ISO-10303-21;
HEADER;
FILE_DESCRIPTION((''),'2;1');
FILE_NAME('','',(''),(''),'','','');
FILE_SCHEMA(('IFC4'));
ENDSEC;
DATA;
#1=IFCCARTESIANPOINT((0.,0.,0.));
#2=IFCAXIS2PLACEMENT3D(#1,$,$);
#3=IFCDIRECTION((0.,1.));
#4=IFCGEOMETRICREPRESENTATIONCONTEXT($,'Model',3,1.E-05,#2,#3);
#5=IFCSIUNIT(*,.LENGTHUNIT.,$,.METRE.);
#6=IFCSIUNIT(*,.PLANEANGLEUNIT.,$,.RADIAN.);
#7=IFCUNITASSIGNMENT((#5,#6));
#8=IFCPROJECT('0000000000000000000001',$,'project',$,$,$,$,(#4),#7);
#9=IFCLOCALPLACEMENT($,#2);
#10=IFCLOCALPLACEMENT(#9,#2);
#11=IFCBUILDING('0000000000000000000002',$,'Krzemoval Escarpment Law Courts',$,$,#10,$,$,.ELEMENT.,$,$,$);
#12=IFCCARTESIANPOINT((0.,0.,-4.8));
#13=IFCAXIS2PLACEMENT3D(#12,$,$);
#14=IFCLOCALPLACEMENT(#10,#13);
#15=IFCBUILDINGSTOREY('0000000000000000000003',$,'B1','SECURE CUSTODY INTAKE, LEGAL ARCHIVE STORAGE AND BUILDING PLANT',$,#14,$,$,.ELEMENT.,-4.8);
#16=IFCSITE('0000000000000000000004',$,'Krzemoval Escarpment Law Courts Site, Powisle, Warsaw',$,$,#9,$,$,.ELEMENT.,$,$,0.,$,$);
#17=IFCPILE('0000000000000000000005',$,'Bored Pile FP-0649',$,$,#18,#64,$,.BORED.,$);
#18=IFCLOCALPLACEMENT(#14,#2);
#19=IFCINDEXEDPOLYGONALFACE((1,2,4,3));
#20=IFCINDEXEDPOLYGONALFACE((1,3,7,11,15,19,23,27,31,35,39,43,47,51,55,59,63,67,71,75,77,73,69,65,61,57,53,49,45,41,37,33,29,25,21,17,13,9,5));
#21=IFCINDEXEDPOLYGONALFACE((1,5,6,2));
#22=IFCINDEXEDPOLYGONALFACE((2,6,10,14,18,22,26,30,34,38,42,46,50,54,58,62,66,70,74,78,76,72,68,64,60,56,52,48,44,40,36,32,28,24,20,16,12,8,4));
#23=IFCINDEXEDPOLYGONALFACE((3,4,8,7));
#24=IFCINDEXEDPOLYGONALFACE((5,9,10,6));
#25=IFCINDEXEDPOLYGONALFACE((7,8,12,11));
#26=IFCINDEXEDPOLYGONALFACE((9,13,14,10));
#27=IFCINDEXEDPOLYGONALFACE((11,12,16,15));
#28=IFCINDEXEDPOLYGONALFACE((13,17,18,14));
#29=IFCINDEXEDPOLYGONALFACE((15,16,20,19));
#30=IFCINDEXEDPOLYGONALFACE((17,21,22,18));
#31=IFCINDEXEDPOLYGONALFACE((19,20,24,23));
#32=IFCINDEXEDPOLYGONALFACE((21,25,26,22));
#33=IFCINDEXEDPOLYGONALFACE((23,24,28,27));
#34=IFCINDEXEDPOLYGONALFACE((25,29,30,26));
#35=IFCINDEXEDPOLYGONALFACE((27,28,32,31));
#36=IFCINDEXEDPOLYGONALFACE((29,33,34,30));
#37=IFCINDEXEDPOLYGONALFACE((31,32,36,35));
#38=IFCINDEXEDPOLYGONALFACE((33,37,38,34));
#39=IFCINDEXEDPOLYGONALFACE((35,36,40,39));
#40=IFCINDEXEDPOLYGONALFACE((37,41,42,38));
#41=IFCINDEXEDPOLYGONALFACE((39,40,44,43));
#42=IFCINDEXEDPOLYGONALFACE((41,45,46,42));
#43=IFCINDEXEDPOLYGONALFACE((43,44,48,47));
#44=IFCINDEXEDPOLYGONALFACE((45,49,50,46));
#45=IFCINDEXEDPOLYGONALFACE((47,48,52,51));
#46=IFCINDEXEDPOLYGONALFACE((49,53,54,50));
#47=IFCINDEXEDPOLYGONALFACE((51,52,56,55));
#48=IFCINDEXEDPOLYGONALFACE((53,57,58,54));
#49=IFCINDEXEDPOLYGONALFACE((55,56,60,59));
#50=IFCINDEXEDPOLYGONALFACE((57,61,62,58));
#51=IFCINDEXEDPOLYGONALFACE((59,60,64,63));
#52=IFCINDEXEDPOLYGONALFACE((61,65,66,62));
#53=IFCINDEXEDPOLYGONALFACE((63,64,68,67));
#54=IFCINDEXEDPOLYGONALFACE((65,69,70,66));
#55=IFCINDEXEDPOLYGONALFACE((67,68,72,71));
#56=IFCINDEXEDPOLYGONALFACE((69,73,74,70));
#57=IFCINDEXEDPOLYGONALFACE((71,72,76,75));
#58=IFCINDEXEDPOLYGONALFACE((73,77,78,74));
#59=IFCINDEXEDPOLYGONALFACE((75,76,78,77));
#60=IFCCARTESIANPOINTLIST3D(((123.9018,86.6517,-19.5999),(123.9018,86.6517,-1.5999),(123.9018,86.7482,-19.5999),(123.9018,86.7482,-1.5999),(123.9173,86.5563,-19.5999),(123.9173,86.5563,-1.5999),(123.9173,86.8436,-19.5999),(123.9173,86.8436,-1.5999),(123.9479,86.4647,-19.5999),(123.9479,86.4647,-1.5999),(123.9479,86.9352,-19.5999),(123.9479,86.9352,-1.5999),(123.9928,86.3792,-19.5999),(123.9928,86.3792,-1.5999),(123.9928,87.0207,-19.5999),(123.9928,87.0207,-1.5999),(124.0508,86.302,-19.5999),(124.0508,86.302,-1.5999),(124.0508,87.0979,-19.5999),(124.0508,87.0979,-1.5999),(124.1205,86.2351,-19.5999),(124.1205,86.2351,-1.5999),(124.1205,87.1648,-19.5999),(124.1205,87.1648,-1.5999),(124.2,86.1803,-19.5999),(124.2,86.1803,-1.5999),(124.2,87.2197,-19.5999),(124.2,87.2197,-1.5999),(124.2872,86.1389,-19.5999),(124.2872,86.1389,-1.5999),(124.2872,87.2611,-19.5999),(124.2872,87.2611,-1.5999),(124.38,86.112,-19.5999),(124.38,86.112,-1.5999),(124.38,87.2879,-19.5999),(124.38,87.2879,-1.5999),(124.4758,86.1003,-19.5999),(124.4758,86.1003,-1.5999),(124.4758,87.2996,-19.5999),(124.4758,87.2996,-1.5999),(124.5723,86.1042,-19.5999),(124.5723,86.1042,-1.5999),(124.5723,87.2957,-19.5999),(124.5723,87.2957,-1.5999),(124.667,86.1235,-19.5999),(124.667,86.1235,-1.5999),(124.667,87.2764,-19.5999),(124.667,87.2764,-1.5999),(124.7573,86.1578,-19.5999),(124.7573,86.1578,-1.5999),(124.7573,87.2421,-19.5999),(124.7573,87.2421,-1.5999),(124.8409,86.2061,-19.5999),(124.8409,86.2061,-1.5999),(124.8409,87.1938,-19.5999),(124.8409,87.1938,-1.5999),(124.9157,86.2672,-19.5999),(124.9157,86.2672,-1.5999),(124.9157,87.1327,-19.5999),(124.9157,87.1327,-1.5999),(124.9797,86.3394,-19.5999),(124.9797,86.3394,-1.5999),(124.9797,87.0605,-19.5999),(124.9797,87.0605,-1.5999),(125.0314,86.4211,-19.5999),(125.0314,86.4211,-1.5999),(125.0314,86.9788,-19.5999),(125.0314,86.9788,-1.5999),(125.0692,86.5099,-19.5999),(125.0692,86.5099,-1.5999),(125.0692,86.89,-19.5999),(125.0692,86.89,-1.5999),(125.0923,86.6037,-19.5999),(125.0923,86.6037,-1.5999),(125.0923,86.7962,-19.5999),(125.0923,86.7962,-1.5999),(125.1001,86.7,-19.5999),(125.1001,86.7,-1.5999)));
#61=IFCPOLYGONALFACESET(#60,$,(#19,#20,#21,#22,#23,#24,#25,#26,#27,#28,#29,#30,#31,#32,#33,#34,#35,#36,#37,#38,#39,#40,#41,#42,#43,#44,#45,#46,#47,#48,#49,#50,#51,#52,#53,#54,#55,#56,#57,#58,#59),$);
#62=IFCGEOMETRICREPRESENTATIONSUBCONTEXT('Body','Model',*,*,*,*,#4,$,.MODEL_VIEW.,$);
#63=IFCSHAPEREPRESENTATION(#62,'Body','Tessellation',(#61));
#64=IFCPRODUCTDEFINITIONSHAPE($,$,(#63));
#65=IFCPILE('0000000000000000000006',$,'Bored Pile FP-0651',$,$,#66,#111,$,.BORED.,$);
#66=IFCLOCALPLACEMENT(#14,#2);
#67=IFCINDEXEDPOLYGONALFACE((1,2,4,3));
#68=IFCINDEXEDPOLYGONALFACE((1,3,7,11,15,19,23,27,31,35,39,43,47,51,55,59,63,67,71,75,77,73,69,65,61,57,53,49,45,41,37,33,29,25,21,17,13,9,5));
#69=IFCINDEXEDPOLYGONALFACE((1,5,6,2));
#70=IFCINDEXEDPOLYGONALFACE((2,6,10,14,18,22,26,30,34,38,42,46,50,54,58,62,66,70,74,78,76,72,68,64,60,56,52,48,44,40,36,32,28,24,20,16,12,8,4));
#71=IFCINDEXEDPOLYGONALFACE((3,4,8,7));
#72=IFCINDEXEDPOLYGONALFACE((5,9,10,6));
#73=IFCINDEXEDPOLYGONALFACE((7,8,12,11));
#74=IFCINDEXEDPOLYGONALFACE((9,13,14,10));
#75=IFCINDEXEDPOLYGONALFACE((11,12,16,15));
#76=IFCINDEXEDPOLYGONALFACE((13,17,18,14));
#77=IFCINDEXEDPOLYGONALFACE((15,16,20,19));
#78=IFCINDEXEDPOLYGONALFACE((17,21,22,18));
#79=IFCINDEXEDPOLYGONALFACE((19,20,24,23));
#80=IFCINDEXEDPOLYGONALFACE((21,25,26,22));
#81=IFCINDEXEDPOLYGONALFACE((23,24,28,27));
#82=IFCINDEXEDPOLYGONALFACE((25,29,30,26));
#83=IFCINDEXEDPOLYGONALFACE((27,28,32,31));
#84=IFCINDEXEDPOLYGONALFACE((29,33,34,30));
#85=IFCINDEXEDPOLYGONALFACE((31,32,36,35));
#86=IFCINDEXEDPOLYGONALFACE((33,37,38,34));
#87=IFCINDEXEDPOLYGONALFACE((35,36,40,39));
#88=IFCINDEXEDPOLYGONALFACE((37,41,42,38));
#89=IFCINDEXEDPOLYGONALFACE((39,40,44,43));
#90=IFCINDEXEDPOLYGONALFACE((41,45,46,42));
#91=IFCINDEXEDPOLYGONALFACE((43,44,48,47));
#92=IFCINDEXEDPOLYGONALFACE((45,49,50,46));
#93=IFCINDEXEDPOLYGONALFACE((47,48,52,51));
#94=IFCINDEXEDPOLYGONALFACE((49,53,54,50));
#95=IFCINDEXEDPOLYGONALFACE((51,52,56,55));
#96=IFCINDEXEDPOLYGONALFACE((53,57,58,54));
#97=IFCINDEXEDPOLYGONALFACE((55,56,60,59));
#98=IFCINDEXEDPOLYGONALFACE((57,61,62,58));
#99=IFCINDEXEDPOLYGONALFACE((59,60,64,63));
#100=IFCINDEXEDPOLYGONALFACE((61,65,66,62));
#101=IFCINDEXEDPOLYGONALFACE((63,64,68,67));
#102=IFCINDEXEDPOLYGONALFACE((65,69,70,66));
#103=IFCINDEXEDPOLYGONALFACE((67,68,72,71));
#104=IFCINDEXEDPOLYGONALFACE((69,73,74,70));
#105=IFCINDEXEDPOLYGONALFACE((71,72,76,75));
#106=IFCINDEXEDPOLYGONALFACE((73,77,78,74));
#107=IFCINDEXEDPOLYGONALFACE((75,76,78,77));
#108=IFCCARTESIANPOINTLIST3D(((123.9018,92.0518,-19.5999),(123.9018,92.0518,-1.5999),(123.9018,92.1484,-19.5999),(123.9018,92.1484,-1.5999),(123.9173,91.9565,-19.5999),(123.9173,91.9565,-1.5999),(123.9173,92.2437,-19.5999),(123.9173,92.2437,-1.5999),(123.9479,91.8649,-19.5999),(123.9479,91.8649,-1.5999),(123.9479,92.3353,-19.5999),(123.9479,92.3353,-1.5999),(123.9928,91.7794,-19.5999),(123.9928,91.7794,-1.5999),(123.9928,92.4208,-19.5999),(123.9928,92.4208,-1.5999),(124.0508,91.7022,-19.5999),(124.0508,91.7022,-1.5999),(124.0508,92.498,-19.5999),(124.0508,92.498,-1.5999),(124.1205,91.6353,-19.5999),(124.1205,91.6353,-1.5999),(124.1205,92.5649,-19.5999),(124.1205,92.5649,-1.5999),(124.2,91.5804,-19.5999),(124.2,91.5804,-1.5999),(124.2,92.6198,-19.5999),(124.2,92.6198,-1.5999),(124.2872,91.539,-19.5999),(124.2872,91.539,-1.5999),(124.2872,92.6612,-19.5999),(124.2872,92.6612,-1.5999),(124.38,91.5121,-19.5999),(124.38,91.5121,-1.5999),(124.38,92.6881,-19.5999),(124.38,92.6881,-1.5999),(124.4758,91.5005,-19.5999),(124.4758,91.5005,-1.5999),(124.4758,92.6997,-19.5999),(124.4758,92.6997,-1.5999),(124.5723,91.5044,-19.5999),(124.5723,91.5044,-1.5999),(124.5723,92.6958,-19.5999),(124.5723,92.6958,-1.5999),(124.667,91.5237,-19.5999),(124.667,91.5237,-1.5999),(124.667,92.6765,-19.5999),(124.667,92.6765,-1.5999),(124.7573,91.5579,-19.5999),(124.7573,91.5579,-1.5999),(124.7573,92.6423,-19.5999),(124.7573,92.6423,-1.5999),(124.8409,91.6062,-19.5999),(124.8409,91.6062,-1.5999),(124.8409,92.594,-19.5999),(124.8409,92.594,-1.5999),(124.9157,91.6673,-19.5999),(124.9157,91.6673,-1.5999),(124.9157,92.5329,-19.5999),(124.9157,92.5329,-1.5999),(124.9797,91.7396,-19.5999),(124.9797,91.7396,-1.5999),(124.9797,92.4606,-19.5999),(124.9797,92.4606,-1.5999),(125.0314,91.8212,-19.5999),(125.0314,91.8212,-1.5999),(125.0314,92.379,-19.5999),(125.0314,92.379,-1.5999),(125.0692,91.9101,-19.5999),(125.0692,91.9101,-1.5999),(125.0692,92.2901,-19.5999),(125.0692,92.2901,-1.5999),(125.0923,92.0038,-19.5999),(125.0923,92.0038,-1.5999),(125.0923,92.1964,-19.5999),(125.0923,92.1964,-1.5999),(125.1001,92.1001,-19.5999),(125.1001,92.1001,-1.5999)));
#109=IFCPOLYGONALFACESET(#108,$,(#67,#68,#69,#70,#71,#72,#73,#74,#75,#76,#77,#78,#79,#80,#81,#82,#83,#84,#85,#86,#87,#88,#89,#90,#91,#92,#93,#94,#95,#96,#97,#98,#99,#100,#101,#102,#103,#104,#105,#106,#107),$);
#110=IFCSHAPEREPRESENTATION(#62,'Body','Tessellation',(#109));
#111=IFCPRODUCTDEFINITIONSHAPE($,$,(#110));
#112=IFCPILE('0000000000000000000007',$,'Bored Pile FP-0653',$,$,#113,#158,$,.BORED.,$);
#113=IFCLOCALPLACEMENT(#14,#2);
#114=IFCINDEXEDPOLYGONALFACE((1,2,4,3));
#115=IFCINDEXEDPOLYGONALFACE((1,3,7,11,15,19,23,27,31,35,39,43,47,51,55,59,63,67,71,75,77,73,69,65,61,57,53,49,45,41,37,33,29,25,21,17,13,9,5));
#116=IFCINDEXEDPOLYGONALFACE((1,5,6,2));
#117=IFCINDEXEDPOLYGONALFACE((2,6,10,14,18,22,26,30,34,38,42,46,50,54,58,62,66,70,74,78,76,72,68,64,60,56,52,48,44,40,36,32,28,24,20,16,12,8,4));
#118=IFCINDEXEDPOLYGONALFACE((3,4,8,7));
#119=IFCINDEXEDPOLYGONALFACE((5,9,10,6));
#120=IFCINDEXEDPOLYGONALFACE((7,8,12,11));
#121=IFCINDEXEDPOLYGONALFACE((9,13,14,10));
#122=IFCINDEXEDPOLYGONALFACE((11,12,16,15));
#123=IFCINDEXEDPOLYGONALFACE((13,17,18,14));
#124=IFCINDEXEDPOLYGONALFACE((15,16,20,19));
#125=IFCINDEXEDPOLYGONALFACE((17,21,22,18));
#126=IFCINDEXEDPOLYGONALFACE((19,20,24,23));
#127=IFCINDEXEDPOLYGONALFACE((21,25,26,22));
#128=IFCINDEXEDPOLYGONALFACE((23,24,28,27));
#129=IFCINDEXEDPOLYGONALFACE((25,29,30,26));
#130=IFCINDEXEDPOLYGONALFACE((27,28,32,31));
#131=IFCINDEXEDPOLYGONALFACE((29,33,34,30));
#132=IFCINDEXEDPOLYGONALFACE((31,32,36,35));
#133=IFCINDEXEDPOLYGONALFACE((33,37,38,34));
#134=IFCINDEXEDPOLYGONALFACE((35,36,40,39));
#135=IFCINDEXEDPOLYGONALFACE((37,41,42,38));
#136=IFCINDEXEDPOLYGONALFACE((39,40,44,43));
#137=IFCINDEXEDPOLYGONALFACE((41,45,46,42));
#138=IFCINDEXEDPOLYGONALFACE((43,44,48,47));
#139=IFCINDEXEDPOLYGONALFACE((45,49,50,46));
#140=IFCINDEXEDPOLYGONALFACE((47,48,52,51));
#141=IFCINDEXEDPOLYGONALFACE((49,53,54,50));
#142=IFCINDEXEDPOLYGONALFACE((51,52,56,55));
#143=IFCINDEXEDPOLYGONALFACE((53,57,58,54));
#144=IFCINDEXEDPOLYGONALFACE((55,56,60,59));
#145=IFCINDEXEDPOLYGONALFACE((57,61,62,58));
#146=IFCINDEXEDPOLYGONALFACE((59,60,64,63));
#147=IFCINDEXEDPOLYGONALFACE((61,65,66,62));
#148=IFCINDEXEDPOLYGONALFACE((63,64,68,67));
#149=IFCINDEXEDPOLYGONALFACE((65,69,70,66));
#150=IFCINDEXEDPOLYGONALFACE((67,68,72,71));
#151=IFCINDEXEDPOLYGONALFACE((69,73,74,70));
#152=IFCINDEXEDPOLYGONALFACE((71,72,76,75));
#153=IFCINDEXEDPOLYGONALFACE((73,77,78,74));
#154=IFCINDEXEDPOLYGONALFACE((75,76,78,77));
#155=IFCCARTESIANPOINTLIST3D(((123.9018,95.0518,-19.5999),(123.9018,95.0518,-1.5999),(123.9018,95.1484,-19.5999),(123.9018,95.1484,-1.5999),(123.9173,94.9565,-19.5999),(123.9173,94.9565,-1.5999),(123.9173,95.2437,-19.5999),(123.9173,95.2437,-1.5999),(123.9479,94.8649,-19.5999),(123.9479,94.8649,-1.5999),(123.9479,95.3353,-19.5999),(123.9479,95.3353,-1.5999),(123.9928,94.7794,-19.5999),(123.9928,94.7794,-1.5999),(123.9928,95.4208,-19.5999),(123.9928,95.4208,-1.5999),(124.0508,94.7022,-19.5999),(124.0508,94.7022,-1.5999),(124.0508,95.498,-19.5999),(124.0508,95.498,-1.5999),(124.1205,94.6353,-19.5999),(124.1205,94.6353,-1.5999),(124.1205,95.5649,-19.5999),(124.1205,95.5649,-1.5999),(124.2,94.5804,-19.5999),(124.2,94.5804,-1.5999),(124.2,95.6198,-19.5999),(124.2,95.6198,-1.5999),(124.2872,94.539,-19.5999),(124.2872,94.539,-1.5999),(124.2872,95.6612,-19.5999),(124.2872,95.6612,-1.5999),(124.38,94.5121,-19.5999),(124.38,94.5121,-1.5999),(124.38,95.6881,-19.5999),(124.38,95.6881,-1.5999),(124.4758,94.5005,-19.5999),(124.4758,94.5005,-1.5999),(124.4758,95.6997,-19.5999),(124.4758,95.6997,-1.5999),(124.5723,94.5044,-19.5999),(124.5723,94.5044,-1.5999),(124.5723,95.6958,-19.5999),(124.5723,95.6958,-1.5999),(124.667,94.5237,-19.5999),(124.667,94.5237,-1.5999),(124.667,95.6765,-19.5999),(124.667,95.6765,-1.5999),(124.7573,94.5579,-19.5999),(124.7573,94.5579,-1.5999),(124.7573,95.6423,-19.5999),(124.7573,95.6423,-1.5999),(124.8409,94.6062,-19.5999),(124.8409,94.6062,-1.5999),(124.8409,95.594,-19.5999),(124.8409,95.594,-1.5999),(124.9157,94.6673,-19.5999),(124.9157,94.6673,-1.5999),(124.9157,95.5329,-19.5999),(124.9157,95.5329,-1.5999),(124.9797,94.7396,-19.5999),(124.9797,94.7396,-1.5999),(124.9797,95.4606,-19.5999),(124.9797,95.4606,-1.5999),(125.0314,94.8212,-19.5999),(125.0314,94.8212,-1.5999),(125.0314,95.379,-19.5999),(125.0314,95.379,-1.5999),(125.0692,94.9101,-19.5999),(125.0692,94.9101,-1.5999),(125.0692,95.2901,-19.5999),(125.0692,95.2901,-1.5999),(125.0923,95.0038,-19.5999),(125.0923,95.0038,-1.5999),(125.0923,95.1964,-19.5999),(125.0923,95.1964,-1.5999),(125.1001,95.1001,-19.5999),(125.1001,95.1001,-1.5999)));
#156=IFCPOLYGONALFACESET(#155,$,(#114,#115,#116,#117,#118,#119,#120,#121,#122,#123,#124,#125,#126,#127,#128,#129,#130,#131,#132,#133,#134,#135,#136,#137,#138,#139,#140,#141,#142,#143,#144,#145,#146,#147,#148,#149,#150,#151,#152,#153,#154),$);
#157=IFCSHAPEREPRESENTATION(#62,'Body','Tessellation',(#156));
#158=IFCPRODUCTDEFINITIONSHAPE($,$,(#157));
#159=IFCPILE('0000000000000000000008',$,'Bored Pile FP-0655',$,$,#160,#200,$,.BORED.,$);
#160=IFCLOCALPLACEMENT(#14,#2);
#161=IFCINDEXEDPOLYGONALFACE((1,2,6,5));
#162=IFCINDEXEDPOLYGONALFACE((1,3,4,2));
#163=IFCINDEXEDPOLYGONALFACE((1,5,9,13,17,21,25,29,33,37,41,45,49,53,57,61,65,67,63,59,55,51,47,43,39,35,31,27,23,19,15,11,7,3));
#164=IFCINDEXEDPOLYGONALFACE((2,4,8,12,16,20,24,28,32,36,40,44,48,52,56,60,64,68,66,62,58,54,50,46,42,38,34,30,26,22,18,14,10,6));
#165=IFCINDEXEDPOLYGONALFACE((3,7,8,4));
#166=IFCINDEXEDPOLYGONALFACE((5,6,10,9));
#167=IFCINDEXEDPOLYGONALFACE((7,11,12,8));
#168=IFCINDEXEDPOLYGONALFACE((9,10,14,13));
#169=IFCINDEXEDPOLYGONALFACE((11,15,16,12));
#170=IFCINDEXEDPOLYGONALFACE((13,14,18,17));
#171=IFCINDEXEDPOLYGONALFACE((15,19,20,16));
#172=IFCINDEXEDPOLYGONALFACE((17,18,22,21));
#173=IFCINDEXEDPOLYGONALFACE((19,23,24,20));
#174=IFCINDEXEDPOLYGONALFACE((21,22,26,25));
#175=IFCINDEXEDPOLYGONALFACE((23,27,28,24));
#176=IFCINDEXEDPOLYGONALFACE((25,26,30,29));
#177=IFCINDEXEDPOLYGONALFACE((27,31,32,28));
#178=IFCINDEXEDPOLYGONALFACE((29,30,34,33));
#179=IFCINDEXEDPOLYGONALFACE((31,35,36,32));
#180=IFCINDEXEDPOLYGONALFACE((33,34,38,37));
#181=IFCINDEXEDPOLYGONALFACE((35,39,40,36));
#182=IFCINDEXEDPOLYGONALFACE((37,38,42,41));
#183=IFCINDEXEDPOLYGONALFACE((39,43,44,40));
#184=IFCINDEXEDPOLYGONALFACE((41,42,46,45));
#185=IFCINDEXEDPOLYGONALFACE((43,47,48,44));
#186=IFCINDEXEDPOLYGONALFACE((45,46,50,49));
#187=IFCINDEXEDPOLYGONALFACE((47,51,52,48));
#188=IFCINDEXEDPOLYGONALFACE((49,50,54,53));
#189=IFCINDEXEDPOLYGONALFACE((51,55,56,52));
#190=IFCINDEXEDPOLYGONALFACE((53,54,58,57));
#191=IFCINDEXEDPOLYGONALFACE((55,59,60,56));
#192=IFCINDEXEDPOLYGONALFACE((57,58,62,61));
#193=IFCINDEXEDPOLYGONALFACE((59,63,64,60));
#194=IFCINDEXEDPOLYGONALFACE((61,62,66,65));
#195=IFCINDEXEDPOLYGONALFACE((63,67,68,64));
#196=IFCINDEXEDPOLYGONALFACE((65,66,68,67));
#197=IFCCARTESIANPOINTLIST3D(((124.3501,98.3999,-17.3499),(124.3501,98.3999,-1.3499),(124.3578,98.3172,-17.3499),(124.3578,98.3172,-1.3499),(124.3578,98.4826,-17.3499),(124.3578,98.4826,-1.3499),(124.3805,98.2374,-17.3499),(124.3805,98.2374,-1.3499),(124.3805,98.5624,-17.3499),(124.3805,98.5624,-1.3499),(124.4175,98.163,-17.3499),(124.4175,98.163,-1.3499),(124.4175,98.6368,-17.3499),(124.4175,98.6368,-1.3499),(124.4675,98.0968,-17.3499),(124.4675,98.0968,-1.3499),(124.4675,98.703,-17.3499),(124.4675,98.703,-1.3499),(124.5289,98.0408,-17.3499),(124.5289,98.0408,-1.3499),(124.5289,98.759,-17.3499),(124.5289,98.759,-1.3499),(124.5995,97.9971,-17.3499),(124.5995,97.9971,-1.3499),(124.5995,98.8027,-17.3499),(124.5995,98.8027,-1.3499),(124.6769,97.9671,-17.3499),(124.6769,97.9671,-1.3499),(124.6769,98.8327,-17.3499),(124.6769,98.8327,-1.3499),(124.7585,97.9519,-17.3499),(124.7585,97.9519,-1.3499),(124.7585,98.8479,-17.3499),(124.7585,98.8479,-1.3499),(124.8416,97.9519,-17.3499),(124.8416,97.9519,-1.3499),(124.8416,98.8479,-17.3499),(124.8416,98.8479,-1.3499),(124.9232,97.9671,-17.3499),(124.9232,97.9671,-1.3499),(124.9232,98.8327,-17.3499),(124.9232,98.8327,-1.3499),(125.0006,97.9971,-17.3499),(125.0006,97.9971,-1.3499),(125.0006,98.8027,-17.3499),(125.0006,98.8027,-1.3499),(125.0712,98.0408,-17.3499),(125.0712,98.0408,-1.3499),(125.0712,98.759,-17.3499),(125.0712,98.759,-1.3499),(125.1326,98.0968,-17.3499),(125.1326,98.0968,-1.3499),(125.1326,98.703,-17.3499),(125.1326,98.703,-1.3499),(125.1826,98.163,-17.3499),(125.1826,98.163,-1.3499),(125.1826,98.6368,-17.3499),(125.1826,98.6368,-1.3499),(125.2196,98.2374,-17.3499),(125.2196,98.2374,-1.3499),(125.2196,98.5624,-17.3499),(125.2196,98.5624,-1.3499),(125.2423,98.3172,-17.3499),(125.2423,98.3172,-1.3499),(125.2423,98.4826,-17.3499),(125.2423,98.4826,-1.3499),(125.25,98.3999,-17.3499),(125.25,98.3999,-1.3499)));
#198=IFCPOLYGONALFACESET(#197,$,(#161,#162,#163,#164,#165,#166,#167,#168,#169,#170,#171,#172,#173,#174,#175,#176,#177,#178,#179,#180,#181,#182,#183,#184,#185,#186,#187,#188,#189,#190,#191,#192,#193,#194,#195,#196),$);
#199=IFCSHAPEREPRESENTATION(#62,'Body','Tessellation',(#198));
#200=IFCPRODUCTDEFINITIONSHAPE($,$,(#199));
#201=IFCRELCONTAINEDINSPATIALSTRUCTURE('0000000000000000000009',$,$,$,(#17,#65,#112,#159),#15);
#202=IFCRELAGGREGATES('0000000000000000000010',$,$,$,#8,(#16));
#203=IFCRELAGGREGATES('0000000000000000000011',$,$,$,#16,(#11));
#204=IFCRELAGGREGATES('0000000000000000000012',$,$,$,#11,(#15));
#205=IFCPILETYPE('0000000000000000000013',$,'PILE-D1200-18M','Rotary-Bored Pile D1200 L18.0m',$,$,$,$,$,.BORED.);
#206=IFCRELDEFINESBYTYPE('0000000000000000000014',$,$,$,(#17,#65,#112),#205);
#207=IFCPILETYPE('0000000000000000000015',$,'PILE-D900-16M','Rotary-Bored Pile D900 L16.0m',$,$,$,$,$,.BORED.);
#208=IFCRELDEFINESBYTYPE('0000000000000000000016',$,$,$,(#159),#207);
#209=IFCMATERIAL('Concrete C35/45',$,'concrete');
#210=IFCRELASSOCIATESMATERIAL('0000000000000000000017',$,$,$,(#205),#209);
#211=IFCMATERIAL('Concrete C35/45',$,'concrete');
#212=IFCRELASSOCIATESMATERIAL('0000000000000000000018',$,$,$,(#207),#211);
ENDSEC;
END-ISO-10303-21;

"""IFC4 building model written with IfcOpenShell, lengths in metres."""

from ifc_helpers import new_model, si_unit, direction, frame, origin, origin_2d, place, context, subcontext, project, spatial, circle, extrude, material, material_profile, profile_set, type_object, element, save


model = new_model("IFC4")

# Units and contexts
model_context = context("Model", 3, precision=1e-05, world=origin(), true_north=direction((0.0, 1.0)))
body_context = subcontext(model_context, "Body", "Model", "MODEL_VIEW")
ifc_project = project(units=[si_unit("LENGTHUNIT", "METRE"), si_unit("PLANEANGLEUNIT", "RADIAN")], contexts=[model_context])

# Site, building, storey
site_placement = place(None, origin())
site = spatial("IfcSite", under=ifc_project, at=site_placement, Name="Krzemoval Escarpment Law Courts Site, Powisle, Warsaw", CompositionType="ELEMENT", RefElevation=0.0)
building_placement = place(site_placement, origin())
building = spatial("IfcBuilding", under=site, at=building_placement, Name="Krzemoval Escarpment Law Courts", CompositionType="ELEMENT")
storey_placement = place(building_placement, frame((0.0, 0.0, -4.8)))
storey = spatial("IfcBuildingStorey", under=building, at=storey_placement, Name="B1", Description="SECURE CUSTODY INTAKE, LEGAL ARCHIVE STORAGE AND BUILDING PLANT", CompositionType="ELEMENT", Elevation=-4.8)

# Piles
ifc_material_1 = material(Name="Concrete C35/45", Category="concrete")
ifc_material_profile_1 = material_profile(ifc_material_1, circle(Radius=0.6001, at=origin_2d()), Name="PILE D1200")
ifc_profile_set_1 = profile_set([ifc_material_profile_1], Name="Concrete C35/45")
pile_type_1 = type_object("IfcPileType", Name="PILE-D1200-18M", Description="Rotary-Bored Pile D1200 L18.0m", PredefinedType="BORED", material=ifc_profile_set_1)
for number, where, z_axis, x_axis, name in (
    (1, (124.5, 86.7, -1.5999), (0.0, 0.0, -1.0), (1.0, 0.0, 0.0), "Bored Pile FP-0649"),
    (2, (124.5, 92.1001, -1.5999), (0.0, 0.0, -1.0), (1.0, 0.0, 0.0), "Bored Pile FP-0651"),
    (3, (124.5, 95.1001, -1.5999), (0.0, 0.0, -1.0), (1.0, 0.0, 0.0), "Bored Pile FP-0653"),
):
    element("IfcPile", number, at=place(storey_placement, frame(where, z_axis=z_axis, x_axis=x_axis)), inside=storey, type_object=pile_type_1, Name=name, PredefinedType="BORED", context=body_context, shape_type="SweptSolid", body=[
        extrude(circle(Radius=0.6001, at=origin_2d()), origin(), (0.0, 0.0, 1.0), 18.0),
    ])
ifc_material_2 = material(Name="Concrete C35/45", Category="concrete")
ifc_material_profile_2 = material_profile(ifc_material_2, circle(Radius=0.45, at=origin_2d()), Name="PILE D900")
ifc_profile_set_2 = profile_set([ifc_material_profile_2], Name="Concrete C35/45")
pile_type_2 = type_object("IfcPileType", Name="PILE-D900-16M", Description="Rotary-Bored Pile D900 L16.0m", PredefinedType="BORED", material=ifc_profile_set_2)
pile_placement = place(storey_placement, frame((124.8, 98.3999, -1.3499), z_axis=(0.0, 0.0, -1.0), x_axis=(1.0, 0.0, 0.0)))
element("IfcPile", 4, at=pile_placement, inside=storey, type_object=pile_type_2, Name="Bored Pile FP-0655", PredefinedType="BORED", context=body_context, shape_type="SweptSolid", body=[
    extrude(circle(Radius=0.45, at=origin_2d()), origin(), (0.0, 0.0, 1.0), 16.0),
])

save(model, "model.ifc")
